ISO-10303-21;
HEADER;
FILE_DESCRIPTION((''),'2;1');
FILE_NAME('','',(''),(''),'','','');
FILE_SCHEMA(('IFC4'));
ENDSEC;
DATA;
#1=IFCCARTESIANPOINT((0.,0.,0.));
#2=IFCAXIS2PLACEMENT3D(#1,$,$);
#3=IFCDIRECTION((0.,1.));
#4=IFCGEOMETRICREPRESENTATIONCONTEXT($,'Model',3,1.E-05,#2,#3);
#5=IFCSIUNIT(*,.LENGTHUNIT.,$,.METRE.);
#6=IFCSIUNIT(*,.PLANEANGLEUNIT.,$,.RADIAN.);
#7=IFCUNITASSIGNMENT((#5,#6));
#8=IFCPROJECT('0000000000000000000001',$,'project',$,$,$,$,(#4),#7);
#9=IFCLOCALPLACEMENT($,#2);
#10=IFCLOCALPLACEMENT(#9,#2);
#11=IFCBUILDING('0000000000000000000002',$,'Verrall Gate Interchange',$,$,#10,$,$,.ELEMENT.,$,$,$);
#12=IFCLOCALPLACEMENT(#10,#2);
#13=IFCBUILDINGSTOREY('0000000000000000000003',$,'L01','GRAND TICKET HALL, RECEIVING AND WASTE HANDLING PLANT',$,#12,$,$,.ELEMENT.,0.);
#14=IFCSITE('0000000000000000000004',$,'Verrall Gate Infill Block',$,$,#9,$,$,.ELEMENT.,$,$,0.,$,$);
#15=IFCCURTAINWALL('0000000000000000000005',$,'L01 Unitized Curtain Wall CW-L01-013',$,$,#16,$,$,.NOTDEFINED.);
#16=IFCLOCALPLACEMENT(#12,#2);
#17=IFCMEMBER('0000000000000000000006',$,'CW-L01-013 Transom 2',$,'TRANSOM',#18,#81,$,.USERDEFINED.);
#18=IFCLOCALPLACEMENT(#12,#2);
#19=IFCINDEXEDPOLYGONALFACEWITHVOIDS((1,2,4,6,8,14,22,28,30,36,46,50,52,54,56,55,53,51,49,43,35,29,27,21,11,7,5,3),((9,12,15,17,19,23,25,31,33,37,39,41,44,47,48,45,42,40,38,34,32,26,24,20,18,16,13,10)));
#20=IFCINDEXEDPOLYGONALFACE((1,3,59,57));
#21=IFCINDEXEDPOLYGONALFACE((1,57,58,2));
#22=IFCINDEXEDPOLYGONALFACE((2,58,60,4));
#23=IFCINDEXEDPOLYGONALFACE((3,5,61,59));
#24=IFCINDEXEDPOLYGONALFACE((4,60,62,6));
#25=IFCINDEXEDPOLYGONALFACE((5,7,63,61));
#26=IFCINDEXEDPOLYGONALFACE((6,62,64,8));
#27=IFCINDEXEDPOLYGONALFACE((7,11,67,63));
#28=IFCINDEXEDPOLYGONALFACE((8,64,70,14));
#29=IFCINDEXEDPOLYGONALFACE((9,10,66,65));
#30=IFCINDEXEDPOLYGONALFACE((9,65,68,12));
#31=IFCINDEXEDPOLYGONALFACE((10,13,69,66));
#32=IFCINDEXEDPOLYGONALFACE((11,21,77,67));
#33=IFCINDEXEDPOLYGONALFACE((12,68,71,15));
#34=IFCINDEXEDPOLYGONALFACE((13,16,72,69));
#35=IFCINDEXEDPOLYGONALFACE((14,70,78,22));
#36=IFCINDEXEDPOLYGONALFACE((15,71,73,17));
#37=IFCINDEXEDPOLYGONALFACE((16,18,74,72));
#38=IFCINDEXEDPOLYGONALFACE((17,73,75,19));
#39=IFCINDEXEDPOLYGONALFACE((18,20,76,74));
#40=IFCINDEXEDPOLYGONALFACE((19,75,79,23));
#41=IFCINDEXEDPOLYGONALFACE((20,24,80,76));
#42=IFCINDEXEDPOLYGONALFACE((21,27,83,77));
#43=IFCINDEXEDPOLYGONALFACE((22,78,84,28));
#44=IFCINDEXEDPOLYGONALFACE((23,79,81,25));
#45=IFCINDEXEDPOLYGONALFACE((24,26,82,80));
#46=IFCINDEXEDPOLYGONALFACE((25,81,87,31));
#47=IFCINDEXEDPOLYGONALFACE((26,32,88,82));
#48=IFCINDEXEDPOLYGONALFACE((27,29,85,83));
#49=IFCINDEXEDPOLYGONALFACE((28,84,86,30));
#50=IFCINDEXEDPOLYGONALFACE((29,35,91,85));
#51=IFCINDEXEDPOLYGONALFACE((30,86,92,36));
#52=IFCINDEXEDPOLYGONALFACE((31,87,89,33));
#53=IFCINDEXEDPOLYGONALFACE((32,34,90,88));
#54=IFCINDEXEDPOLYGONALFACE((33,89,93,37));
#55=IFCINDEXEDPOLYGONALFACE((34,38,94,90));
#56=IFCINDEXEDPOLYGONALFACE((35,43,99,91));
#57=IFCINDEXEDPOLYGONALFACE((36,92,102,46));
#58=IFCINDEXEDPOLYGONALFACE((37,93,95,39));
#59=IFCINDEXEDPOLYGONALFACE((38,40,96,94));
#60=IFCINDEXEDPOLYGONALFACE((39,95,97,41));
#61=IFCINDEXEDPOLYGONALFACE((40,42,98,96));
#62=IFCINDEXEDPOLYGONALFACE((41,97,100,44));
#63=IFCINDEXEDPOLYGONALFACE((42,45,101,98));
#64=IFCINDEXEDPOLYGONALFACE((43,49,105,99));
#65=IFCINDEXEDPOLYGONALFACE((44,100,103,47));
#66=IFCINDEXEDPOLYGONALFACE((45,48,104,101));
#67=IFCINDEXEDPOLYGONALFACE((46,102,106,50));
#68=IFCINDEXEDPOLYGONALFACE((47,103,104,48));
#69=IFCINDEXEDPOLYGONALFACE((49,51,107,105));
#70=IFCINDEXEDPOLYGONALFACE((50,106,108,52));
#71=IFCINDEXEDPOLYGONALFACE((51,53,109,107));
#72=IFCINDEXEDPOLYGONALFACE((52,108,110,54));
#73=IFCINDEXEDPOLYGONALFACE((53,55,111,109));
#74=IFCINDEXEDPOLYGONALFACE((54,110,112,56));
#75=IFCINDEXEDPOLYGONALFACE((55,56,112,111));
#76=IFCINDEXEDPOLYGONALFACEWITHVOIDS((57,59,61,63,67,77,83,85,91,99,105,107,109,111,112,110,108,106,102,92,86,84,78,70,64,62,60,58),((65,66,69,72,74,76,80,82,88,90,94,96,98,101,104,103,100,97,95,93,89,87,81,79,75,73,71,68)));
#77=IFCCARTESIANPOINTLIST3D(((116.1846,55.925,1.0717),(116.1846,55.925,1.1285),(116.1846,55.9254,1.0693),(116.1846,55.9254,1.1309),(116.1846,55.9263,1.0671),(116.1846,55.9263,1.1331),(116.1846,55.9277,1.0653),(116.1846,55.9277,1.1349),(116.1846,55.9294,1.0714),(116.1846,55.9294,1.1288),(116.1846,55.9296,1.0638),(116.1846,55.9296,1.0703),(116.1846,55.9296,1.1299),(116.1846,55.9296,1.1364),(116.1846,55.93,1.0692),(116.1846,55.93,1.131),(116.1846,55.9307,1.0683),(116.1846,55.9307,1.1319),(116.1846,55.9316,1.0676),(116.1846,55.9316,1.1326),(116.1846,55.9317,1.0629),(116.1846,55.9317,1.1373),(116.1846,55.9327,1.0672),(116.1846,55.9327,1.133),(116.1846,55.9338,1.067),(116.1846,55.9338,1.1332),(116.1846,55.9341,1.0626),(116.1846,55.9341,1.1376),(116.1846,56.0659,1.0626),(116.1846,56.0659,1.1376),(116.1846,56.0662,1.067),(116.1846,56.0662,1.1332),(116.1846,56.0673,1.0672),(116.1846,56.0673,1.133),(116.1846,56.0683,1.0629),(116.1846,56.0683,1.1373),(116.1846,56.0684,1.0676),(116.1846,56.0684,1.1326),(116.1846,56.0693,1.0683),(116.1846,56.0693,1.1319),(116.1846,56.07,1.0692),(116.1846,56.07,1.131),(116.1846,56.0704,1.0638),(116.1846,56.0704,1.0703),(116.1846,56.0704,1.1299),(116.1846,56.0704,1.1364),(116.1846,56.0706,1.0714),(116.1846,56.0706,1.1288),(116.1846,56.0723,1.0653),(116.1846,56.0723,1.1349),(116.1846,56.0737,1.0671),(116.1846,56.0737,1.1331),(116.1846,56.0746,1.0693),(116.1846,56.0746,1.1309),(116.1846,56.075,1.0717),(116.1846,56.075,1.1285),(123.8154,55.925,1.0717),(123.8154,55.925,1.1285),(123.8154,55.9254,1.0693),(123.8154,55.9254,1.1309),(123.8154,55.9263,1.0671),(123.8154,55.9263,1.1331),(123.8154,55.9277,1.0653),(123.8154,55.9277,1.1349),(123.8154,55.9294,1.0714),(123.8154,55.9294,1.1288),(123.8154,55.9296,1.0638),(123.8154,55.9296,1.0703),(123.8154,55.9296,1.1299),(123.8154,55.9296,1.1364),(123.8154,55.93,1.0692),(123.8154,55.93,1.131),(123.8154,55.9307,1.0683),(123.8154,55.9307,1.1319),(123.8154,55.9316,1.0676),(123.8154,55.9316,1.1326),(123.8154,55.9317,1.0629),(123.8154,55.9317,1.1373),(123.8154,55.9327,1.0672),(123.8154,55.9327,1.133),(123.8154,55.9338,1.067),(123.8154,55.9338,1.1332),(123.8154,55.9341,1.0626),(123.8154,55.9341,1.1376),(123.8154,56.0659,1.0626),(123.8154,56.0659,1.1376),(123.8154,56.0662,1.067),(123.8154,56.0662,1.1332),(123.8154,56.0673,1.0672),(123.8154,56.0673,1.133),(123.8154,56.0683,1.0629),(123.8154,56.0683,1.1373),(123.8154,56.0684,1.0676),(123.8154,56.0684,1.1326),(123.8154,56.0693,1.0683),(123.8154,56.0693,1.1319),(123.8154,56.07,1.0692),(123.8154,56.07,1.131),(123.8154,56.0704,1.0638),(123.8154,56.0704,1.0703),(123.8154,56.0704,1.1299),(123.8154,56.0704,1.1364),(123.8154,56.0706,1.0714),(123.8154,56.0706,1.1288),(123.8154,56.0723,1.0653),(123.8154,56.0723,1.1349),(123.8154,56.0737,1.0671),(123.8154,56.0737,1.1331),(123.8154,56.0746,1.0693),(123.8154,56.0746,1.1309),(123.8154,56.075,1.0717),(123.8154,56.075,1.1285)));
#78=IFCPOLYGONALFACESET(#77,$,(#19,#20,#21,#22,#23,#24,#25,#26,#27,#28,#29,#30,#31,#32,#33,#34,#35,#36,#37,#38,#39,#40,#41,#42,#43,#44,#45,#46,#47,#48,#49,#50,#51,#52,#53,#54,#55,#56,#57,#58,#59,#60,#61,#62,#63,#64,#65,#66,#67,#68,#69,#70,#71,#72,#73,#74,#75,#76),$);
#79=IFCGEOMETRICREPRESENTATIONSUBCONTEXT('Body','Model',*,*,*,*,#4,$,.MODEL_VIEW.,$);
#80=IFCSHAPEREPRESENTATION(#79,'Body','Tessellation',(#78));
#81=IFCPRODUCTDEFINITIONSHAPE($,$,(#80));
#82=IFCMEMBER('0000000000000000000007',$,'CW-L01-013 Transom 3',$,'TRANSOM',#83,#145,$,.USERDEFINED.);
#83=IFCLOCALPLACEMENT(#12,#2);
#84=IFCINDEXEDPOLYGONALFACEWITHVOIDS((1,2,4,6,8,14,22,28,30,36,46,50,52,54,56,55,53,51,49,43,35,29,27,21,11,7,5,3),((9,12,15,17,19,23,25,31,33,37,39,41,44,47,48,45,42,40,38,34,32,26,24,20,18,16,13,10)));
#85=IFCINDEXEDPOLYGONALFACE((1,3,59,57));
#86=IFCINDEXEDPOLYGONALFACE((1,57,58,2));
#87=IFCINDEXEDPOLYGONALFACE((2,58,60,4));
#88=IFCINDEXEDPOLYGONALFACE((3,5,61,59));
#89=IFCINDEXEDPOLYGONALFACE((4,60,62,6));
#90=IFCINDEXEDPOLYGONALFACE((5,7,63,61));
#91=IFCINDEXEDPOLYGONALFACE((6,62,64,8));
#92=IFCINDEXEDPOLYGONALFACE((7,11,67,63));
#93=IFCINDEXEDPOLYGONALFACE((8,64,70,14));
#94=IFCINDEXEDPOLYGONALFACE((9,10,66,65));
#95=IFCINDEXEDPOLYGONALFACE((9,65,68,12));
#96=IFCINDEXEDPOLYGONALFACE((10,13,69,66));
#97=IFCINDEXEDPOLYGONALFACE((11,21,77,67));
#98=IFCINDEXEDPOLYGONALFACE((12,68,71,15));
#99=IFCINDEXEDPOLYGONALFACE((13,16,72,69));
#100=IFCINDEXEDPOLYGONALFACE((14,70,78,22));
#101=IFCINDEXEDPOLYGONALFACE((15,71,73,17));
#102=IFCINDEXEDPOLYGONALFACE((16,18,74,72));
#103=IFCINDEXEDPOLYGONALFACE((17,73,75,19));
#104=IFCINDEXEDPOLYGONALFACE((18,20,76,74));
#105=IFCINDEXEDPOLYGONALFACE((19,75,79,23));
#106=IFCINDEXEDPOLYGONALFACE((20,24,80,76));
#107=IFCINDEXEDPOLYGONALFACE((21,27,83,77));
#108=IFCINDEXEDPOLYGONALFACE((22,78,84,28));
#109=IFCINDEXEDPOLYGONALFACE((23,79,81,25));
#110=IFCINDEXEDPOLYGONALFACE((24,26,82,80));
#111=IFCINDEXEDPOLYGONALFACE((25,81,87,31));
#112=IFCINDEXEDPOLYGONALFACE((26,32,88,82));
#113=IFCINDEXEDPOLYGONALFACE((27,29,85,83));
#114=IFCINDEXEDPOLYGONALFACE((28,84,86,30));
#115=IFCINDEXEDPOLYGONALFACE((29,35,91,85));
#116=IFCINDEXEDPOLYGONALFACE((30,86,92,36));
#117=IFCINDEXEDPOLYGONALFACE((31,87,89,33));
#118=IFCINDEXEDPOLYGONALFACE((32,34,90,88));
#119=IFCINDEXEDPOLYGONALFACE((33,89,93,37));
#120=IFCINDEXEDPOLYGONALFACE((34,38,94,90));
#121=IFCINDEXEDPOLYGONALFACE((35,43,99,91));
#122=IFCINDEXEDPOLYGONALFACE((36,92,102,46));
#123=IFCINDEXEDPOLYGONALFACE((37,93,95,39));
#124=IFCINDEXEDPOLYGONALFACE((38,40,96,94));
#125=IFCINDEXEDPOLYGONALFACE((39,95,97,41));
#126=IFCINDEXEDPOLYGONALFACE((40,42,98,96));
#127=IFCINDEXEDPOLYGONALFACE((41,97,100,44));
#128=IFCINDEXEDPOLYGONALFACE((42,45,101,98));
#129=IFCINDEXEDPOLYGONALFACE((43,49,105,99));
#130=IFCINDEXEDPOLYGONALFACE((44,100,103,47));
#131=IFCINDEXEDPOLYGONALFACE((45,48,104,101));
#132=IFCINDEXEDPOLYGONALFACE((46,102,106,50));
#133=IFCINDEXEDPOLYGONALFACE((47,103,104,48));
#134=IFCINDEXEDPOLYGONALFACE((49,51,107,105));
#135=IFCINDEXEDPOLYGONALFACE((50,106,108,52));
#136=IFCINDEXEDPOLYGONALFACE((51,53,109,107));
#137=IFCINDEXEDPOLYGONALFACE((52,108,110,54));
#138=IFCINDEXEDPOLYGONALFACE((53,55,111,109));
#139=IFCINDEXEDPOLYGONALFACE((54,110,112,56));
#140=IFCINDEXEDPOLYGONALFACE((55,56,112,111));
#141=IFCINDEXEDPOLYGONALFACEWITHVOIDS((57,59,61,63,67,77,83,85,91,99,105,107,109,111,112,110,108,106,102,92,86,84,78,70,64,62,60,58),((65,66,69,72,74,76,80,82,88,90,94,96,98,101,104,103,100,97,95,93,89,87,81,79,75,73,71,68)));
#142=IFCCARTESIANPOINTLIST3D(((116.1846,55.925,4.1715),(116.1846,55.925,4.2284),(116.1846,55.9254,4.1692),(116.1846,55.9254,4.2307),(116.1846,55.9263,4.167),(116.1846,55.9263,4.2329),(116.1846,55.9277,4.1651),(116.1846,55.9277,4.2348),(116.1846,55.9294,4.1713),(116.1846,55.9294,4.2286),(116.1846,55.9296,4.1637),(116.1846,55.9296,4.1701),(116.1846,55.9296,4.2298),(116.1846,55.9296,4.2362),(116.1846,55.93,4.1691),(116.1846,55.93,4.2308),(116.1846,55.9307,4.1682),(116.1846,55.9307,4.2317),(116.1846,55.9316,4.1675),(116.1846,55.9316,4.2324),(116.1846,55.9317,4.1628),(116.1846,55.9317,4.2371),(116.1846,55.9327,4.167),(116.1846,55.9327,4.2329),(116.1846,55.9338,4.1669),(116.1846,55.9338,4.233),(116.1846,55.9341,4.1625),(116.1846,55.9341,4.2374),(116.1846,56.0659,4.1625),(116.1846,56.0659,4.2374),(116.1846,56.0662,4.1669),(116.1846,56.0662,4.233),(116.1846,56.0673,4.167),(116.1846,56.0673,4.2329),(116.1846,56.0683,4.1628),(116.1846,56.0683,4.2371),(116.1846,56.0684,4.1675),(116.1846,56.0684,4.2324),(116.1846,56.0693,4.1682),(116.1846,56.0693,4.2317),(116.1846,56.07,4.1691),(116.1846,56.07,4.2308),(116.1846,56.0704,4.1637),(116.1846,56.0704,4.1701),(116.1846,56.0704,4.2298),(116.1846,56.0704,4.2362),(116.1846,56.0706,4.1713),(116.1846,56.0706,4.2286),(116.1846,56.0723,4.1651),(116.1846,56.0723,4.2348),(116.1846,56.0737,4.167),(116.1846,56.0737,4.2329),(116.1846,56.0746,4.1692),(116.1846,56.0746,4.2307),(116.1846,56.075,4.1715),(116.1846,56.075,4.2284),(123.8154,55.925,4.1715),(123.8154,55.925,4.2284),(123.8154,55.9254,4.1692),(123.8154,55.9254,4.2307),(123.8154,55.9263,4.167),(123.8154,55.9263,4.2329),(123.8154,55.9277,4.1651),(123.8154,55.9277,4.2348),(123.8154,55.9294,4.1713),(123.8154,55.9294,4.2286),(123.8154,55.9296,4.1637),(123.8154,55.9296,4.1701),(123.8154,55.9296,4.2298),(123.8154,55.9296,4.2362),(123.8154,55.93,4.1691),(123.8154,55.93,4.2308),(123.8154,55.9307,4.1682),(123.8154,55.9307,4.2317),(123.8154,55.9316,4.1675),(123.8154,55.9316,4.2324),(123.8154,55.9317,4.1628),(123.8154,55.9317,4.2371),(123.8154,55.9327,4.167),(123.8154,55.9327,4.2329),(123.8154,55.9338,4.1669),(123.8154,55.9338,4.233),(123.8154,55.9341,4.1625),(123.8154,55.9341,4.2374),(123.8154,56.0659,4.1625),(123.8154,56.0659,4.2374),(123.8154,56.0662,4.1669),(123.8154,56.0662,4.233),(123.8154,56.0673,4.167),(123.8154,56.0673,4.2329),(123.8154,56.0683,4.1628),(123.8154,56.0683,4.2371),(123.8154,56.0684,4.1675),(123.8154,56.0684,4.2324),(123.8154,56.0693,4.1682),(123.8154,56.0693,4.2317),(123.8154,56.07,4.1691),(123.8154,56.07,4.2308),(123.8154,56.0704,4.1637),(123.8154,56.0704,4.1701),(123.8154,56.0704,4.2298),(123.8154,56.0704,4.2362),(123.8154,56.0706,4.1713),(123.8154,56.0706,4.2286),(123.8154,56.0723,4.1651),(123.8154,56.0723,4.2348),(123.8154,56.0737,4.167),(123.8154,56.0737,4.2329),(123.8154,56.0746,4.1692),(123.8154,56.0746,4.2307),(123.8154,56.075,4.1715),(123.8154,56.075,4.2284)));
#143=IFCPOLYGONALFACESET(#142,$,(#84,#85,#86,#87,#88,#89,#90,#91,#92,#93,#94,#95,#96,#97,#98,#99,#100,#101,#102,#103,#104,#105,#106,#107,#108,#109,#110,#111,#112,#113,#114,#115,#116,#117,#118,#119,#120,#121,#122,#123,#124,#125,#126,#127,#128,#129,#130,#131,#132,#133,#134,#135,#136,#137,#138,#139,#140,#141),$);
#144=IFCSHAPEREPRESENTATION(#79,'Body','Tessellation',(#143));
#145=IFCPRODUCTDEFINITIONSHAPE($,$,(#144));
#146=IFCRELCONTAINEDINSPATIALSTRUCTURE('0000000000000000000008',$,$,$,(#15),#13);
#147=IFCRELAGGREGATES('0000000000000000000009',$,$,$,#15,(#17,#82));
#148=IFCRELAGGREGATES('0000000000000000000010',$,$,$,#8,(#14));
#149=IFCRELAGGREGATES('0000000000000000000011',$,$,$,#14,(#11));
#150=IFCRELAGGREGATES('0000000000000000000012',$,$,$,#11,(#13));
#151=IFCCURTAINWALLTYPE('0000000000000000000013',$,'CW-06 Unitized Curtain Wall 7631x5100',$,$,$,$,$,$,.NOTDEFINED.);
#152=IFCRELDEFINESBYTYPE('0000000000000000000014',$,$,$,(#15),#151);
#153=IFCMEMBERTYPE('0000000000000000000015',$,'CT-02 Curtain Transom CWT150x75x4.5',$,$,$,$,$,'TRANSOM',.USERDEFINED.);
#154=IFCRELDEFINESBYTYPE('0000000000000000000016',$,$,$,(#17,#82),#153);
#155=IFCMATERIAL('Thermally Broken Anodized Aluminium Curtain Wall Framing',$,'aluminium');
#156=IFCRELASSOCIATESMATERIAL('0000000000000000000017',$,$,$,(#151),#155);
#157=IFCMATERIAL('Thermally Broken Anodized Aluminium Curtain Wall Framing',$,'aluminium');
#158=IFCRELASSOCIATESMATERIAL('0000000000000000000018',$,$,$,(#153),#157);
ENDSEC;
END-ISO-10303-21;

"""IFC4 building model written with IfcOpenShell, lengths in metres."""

from ifc_helpers import new_model, si_unit, direction, frame, origin, origin_2d, place, context, subcontext, project, spatial, hollow_rectangle, extrude, material, material_profile, profile_set, type_object, element, aggregate, save


model = new_model("IFC4")

# Units and contexts
model_context = context("Model", 3, precision=1e-05, world=origin(), true_north=direction((0.0, 1.0)))
body_context = subcontext(model_context, "Body", "Model", "MODEL_VIEW")
ifc_project = project(units=[si_unit("LENGTHUNIT", "METRE"), si_unit("PLANEANGLEUNIT", "RADIAN")], contexts=[model_context])

# Site, building, storey
site_placement = place(None, origin())
site = spatial("IfcSite", under=ifc_project, at=site_placement, Name="Verrall Gate Infill Block", CompositionType="ELEMENT", RefElevation=0.0)
building_placement = place(site_placement, origin())
building = spatial("IfcBuilding", under=site, at=building_placement, Name="Verrall Gate Interchange", CompositionType="ELEMENT")
storey_placement = place(building_placement, origin())
storey = spatial("IfcBuildingStorey", under=building, at=storey_placement, Name="L01", Description="GRAND TICKET HALL, RECEIVING AND WASTE HANDLING PLANT", CompositionType="ELEMENT", Elevation=0.0)

# Shared definitions
ifc_material_1 = material(Name="Thermally Broken Anodized Aluminium Curtain Wall Framing", Category="aluminium")
curtain_wall_type = type_object("IfcCurtainWallType", Name="CW-06 Unitized Curtain Wall 7631x5100", PredefinedType="NOTDEFINED", material=ifc_material_1)

# Curtain wall, members
curtain_wall_1_placement = place(storey_placement, origin())
curtain_wall_1 = element("IfcCurtainWall", 1, at=curtain_wall_1_placement, inside=storey, type_object=curtain_wall_type, Name="L01 Unitized Curtain Wall CW-L01-013", PredefinedType="NOTDEFINED")
ifc_material_2 = material(Name="Thermally Broken Anodized Aluminium Curtain Wall Framing", Category="aluminium")
ifc_material_profile_1 = material_profile(ifc_material_2, hollow_rectangle(XDim=0.1499, YDim=0.075, WallThickness=0.0044, InnerFilletRadius=0.0044, OuterFilletRadius=0.009, at=origin_2d()), Name="CWT150x75x4.5")
ifc_profile_set_1 = profile_set([ifc_material_profile_1], Name="Thermally Broken Anodized Aluminium Curtain Wall Framing")
member_type_1 = type_object("IfcMemberType", Name="CT-02 Curtain Transom CWT150x75x4.5", ElementType="TRANSOM", PredefinedType="USERDEFINED", material=ifc_profile_set_1)
member_1_placement = place(storey_placement, frame((123.8154, 56.0, 1.1001), z_axis=(-1.0, 0.0, 0.0), x_axis=(0.0, -1.0, 0.0)))
member_1 = element("IfcMember", 2, at=member_1_placement, type_object=member_type_1, Name="CW-L01-013 Transom 2", ObjectType="TRANSOM", PredefinedType="USERDEFINED", context=body_context, shape_type="SweptSolid", body=[
    extrude(hollow_rectangle(XDim=0.1499, YDim=0.075, WallThickness=0.0044, InnerFilletRadius=0.0044, OuterFilletRadius=0.009, at=origin_2d()), origin(), (0.0, 0.0, 1.0), 7.6309),
])
member_2_placement = place(storey_placement, frame((123.8154, 56.0, 4.2), z_axis=(-1.0, 0.0, 0.0), x_axis=(0.0, -1.0, 0.0)))
member_2 = element("IfcMember", 3, at=member_2_placement, type_object=member_type_1, Name="CW-L01-013 Transom 3", ObjectType="TRANSOM", PredefinedType="USERDEFINED", context=body_context, shape_type="SweptSolid", body=[
    extrude(hollow_rectangle(XDim=0.1499, YDim=0.075, WallThickness=0.0044, InnerFilletRadius=0.0044, OuterFilletRadius=0.009, at=origin_2d()), origin(), (0.0, 0.0, 1.0), 7.6309),
])

aggregate(curtain_wall_1, [member_1, member_2])

save(model, "model.ifc")
